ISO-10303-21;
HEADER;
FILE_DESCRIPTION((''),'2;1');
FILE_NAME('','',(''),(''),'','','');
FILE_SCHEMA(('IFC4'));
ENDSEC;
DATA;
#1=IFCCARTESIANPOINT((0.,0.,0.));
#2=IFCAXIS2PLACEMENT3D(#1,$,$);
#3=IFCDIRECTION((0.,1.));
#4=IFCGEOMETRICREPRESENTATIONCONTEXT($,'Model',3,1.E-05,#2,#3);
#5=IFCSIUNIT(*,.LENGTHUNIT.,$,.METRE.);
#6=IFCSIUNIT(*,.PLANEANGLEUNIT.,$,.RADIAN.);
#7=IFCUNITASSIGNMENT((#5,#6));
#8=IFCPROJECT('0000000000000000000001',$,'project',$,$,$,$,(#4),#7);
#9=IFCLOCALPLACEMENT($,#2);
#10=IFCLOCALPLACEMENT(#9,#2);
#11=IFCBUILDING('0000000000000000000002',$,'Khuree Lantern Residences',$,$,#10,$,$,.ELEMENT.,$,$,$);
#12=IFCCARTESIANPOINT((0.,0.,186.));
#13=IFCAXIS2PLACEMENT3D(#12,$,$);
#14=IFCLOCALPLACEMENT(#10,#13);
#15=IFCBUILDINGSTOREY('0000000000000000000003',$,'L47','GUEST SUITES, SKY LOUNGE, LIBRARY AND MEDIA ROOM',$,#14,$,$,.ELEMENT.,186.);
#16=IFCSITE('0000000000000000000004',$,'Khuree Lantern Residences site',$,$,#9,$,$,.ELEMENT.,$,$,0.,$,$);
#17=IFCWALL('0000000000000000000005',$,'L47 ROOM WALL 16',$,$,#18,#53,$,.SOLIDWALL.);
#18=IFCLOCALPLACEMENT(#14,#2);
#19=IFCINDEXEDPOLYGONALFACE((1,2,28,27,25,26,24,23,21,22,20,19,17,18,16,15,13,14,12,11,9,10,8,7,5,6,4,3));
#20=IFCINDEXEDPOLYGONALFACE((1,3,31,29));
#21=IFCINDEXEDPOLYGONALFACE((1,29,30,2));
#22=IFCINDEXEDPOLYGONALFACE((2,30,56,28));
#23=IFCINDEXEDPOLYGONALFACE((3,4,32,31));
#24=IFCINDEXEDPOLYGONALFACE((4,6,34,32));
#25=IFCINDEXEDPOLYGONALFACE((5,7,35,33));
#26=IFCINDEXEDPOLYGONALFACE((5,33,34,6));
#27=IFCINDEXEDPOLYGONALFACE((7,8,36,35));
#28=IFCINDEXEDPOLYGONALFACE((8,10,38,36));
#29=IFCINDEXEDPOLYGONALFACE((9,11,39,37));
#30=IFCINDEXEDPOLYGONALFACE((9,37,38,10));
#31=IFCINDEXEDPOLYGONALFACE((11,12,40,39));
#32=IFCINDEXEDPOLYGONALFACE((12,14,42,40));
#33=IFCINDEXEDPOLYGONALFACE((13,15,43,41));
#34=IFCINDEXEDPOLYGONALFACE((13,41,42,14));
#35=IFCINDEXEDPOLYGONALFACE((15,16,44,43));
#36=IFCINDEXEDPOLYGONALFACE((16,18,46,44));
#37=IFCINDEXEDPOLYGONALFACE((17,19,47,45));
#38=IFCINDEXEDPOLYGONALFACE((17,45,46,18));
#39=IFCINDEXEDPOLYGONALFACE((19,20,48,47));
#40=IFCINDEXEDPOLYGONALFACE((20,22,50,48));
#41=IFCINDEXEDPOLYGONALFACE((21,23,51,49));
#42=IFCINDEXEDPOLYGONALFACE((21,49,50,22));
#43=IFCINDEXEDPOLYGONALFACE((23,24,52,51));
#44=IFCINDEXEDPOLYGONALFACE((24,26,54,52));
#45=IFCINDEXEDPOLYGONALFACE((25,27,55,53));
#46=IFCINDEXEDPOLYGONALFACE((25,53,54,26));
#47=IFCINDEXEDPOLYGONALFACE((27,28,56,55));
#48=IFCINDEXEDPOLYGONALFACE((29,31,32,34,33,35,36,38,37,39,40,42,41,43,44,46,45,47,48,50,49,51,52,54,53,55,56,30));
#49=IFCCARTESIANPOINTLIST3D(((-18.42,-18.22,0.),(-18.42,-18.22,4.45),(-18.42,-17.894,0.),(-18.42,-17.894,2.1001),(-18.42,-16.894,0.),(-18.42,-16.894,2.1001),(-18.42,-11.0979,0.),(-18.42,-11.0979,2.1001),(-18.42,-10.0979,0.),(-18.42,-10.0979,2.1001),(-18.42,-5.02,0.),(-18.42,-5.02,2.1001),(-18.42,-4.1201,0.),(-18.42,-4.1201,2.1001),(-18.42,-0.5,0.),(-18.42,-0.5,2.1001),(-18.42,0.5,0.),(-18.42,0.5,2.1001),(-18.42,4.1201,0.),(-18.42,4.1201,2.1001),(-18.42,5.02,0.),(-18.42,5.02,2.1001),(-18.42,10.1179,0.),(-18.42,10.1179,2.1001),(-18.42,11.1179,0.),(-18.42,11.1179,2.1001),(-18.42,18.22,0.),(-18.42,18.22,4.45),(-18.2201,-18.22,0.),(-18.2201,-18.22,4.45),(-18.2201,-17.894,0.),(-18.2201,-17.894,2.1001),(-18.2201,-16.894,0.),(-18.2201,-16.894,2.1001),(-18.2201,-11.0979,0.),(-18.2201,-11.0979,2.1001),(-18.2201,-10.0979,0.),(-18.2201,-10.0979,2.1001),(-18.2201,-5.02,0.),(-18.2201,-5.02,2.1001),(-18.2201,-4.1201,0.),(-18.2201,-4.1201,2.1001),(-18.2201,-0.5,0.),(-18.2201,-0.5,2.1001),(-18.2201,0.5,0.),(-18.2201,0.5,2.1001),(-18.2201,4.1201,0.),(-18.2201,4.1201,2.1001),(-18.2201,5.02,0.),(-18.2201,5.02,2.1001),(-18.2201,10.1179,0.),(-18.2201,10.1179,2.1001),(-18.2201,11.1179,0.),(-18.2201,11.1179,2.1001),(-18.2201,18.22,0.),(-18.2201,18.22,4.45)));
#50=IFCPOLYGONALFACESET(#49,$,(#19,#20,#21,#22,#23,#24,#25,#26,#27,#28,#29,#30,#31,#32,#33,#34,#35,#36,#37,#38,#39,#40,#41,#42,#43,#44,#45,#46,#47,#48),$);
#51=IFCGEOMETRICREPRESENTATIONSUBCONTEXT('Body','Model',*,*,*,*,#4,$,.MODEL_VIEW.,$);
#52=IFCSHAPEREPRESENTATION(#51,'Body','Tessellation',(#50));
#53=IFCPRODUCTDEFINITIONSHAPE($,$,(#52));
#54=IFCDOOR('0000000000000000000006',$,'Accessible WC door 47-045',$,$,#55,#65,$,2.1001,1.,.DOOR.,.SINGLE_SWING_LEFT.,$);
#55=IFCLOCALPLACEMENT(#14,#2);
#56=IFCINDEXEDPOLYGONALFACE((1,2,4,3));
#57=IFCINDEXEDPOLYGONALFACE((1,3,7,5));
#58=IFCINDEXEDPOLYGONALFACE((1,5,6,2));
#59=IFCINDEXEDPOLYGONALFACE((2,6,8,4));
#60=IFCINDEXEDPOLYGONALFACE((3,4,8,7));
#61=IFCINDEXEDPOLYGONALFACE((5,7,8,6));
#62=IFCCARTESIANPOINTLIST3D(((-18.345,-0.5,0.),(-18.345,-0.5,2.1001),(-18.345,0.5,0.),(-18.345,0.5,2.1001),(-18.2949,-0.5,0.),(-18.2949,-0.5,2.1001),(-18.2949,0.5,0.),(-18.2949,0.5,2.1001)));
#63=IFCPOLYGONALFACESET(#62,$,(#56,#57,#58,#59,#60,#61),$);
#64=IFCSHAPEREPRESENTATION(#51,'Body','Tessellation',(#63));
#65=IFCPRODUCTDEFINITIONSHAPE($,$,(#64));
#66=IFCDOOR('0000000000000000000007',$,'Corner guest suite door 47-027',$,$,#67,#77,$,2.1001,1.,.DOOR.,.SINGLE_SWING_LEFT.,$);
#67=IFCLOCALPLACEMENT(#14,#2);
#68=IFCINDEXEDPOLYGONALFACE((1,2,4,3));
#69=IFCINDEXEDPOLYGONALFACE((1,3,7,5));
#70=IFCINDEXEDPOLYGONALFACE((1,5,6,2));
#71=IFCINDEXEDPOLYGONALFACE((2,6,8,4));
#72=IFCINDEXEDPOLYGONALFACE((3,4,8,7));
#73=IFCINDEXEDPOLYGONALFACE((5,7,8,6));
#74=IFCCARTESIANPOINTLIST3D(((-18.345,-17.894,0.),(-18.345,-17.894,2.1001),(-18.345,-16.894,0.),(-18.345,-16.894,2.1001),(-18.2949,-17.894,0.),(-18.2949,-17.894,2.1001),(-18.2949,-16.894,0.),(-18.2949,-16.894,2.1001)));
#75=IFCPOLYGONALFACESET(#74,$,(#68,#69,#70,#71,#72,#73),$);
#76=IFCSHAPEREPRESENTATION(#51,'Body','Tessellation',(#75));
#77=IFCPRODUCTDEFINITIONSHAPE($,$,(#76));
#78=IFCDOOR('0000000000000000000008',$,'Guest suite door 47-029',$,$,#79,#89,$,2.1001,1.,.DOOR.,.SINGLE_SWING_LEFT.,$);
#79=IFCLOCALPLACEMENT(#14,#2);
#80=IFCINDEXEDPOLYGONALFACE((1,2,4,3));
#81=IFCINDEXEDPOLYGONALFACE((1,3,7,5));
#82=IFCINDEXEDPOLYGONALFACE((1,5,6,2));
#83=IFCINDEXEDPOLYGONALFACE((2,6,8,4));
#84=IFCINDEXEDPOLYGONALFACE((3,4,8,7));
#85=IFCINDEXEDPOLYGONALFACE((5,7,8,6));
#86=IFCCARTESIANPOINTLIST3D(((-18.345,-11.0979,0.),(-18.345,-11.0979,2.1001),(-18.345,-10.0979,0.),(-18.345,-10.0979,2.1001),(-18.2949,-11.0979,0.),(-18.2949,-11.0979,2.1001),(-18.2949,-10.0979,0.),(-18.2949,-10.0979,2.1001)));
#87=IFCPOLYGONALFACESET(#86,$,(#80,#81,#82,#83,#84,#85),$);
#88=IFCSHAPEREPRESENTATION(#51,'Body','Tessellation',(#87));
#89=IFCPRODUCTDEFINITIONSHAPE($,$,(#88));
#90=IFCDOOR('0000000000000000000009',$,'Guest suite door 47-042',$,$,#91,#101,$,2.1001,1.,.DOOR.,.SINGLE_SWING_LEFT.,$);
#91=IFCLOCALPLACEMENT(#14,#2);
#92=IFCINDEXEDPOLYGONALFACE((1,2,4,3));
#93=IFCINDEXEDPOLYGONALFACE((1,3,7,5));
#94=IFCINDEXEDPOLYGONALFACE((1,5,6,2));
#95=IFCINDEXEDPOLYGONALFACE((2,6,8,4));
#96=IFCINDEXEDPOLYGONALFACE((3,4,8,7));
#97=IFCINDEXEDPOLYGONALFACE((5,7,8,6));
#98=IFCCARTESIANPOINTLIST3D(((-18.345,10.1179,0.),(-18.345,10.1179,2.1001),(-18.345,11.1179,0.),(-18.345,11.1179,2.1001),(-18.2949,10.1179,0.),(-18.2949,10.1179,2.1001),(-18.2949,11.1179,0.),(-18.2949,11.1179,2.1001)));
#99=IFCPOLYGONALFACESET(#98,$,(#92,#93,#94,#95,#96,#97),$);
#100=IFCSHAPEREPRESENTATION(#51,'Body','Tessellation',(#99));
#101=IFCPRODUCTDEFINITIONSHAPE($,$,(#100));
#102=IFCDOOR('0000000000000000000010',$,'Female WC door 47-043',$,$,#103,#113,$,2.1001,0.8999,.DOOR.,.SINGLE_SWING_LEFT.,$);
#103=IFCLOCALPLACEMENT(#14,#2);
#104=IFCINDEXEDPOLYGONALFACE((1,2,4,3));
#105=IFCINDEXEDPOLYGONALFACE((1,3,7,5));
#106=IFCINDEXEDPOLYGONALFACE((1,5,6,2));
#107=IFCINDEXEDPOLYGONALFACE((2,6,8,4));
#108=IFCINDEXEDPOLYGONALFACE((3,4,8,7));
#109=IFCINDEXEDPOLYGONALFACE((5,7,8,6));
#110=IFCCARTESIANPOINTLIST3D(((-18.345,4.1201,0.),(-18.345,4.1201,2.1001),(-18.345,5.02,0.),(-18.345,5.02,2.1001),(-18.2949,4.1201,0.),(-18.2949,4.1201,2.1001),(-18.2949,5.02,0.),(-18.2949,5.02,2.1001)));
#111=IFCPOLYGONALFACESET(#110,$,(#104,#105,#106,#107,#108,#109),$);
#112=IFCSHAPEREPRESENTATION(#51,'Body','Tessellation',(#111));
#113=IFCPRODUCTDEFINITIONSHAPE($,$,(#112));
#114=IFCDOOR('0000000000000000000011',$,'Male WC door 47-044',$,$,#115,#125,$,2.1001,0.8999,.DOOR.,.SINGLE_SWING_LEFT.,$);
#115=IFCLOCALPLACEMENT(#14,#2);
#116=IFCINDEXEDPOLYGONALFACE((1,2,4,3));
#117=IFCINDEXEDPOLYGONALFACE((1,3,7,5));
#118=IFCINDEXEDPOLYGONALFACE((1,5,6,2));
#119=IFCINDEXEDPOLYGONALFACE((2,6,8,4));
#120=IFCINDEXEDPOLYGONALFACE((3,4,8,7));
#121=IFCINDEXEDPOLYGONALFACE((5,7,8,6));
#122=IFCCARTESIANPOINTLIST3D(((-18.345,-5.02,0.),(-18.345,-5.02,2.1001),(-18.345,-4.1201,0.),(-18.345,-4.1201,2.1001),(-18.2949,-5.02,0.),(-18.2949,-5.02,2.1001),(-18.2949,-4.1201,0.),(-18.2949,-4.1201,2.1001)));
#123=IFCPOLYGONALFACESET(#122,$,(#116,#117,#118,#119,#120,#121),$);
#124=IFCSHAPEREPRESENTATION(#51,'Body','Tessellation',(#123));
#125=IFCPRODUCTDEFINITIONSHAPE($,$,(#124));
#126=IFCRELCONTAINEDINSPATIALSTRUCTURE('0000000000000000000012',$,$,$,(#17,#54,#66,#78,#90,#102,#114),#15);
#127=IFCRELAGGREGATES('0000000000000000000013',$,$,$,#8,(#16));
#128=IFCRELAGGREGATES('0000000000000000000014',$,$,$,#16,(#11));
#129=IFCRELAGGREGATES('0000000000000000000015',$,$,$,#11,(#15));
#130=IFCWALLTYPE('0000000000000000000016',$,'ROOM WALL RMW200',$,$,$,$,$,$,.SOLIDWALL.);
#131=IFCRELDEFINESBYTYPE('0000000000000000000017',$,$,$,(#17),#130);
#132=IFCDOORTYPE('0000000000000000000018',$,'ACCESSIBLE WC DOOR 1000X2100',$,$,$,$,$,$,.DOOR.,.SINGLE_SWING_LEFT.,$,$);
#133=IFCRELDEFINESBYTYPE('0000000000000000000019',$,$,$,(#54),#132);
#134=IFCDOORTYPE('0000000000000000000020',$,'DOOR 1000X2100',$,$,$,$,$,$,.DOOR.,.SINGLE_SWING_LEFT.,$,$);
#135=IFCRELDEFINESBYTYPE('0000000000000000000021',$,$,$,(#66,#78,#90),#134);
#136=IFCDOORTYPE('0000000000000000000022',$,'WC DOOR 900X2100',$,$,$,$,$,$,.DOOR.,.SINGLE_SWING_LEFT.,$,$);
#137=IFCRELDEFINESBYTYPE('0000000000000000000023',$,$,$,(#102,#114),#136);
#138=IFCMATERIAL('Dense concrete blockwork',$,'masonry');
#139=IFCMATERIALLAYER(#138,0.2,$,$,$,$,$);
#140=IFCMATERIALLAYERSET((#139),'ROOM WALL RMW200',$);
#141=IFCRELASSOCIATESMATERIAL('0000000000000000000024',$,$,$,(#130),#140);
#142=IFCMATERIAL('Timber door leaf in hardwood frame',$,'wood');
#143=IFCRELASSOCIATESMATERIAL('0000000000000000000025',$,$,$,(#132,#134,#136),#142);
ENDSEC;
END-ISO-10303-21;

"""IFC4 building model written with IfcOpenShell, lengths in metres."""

from ifc_helpers import new_model, si_unit, direction, frame, frame_2d, origin, place, context, subcontext, project, spatial, rectangle, extrude, material, layer, layer_set, type_object, element, fill, save


model = new_model("IFC4")

# Units and contexts
model_context = context("Model", 3, precision=1e-05, world=origin(), true_north=direction((0.0, 1.0)))
body_context = subcontext(model_context, "Body", "Model", "MODEL_VIEW")
ifc_project = project(units=[si_unit("LENGTHUNIT", "METRE"), si_unit("PLANEANGLEUNIT", "RADIAN")], contexts=[model_context])

# Site, building, storey
site_placement = place(None, origin())
site = spatial("IfcSite", under=ifc_project, at=site_placement, Name="Khuree Lantern Residences site", CompositionType="ELEMENT", RefElevation=0.0)
building_placement = place(site_placement, origin())
building = spatial("IfcBuilding", under=site, at=building_placement, Name="Khuree Lantern Residences", CompositionType="ELEMENT")
storey_placement = place(building_placement, frame((0.0, 0.0, 186.0)))
storey = spatial("IfcBuildingStorey", under=building, at=storey_placement, Name="L47", Description="GUEST SUITES, SKY LOUNGE, LIBRARY AND MEDIA ROOM", CompositionType="ELEMENT", Elevation=186.0)

# Shared definitions
ifc_material_1 = material(Name="Dense concrete blockwork", Category="masonry")

# Shared definitions
ifc_layer_1 = layer(ifc_material_1, 0.2)
ifc_layer_set_1 = layer_set([ifc_layer_1], Name="ROOM WALL RMW200")
wall_type_1 = type_object("IfcWallType", Name="ROOM WALL RMW200", PredefinedType="SOLIDWALL", material=ifc_layer_set_1)
ifc_material_2 = material(Name="Timber door leaf in hardwood frame", Category="wood")

# Wall, openings, doors
wall_1_placement = place(storey_placement, frame((-18.3201, -18.22, 0.0), z_axis=(0.0, 0.0, 1.0), x_axis=(0.0, 1.0, 0.0)))
wall_1 = element("IfcWall", 1, at=wall_1_placement, inside=storey, type_object=wall_type_1, Name="L47 ROOM WALL 16", PredefinedType="SOLIDWALL", context=body_context, shape_type="SweptSolid", body=[
    extrude(rectangle(XDim=36.4399, YDim=0.2, at=frame_2d((18.22, 0.0))), origin(), (0.0, 0.0, 1.0), 4.45),
])
opening_1_placement = place(wall_1_placement, frame((0.3259, 0.0, 0.0)))
opening_1 = element("IfcOpeningElement", 2, at=opening_1_placement, cuts=wall_1, PredefinedType="OPENING", context=body_context, shape_type="SweptSolid", body=[
    extrude(rectangle(XDim=1.0, YDim=2.1001, at=frame_2d((0.5, 1.05))), frame((0.0, 0.1099, 0.0), z_axis=(0.0, -1.0, 0.0), x_axis=(1.0, 0.0, 0.0)), (0.0, 0.0, 1.0), 0.22),
])
opening_2_placement = place(wall_1_placement, frame((7.1221, 0.0, 0.0)))
opening_2 = element("IfcOpeningElement", 3, at=opening_2_placement, cuts=wall_1, PredefinedType="OPENING", context=body_context, shape_type="SweptSolid", body=[
    extrude(rectangle(XDim=1.0, YDim=2.1001, at=frame_2d((0.5, 1.05))), frame((0.0, 0.1099, 0.0), z_axis=(0.0, -1.0, 0.0), x_axis=(1.0, 0.0, 0.0)), (0.0, 0.0, 1.0), 0.22),
])
opening_3_placement = place(wall_1_placement, frame((28.3379, 0.0, 0.0)))
opening_3 = element("IfcOpeningElement", 4, at=opening_3_placement, cuts=wall_1, PredefinedType="OPENING", context=body_context, shape_type="SweptSolid", body=[
    extrude(rectangle(XDim=1.0, YDim=2.1001, at=frame_2d((0.5, 1.05))), frame((0.0, 0.1099, 0.0), z_axis=(0.0, -1.0, 0.0), x_axis=(1.0, 0.0, 0.0)), (0.0, 0.0, 1.0), 0.22),
])
opening_4_placement = place(wall_1_placement, frame((22.3401, 0.0, 0.0)))
opening_4 = element("IfcOpeningElement", 5, at=opening_4_placement, cuts=wall_1, PredefinedType="OPENING", context=body_context, shape_type="SweptSolid", body=[
    extrude(rectangle(XDim=0.8999, YDim=2.1001, at=frame_2d((0.45, 1.05))), frame((0.0, 0.1099, 0.0), z_axis=(0.0, -1.0, 0.0), x_axis=(1.0, 0.0, 0.0)), (0.0, 0.0, 1.0), 0.22),
])
opening_5_placement = place(wall_1_placement, frame((13.2, 0.0, 0.0)))
opening_5 = element("IfcOpeningElement", 6, at=opening_5_placement, cuts=wall_1, PredefinedType="OPENING", context=body_context, shape_type="SweptSolid", body=[
    extrude(rectangle(XDim=0.8999, YDim=2.1001, at=frame_2d((0.45, 1.05))), frame((0.0, 0.1099, 0.0), z_axis=(0.0, -1.0, 0.0), x_axis=(1.0, 0.0, 0.0)), (0.0, 0.0, 1.0), 0.22),
])
opening_6_placement = place(wall_1_placement, frame((17.72, 0.0, 0.0)))
opening_6 = element("IfcOpeningElement", 7, at=opening_6_placement, cuts=wall_1, PredefinedType="OPENING", context=body_context, shape_type="SweptSolid", body=[
    extrude(rectangle(XDim=1.0, YDim=2.1001, at=frame_2d((0.5, 1.05))), frame((0.0, 0.1099, 0.0), z_axis=(0.0, -1.0, 0.0), x_axis=(1.0, 0.0, 0.0)), (0.0, 0.0, 1.0), 0.22),
])
door_type_1 = type_object("IfcDoorType", Name="ACCESSIBLE WC DOOR 1000X2100", OperationType="SINGLE_SWING_LEFT", PredefinedType="DOOR", material=ifc_material_2)
door_1_placement = place(opening_6_placement, origin())
door_1 = element("IfcDoor", 8, at=door_1_placement, inside=storey, type_object=door_type_1, Name="Accessible WC door 47-045", OperationType="SINGLE_SWING_LEFT", OverallHeight=2.1001, OverallWidth=1.0, PredefinedType="DOOR", context=body_context, shape_type="SweptSolid", body=[
    extrude(rectangle(XDim=1.0, YDim=2.1001, at=frame_2d((0.5, 1.05))), frame((0.0, 0.0249, 0.0), z_axis=(0.0, -1.0, 0.0), x_axis=(1.0, 0.0, 0.0)), (0.0, 0.0, 1.0), 0.05),
])
fill(opening_6, door_1)
door_type_2 = type_object("IfcDoorType", Name="DOOR 1000X2100", OperationType="SINGLE_SWING_LEFT", PredefinedType="DOOR", material=ifc_material_2)
door_2_placement = place(opening_1_placement, origin())
door_2 = element("IfcDoor", 9, at=door_2_placement, inside=storey, type_object=door_type_2, Name="Corner guest suite door 47-027", OperationType="SINGLE_SWING_LEFT", OverallHeight=2.1001, OverallWidth=1.0, PredefinedType="DOOR", context=body_context, shape_type="SweptSolid", body=[
    extrude(rectangle(XDim=1.0, YDim=2.1001, at=frame_2d((0.5, 1.05))), frame((0.0, 0.0249, 0.0), z_axis=(0.0, -1.0, 0.0), x_axis=(1.0, 0.0, 0.0)), (0.0, 0.0, 1.0), 0.05),
])
fill(opening_1, door_2)
door_3_placement = place(opening_2_placement, origin())
door_3 = element("IfcDoor", 10, at=door_3_placement, inside=storey, type_object=door_type_2, Name="Guest suite door 47-029", OperationType="SINGLE_SWING_LEFT", OverallHeight=2.1001, OverallWidth=1.0, PredefinedType="DOOR", context=body_context, shape_type="SweptSolid", body=[
    extrude(rectangle(XDim=1.0, YDim=2.1001, at=frame_2d((0.5, 1.05))), frame((0.0, 0.0249, 0.0), z_axis=(0.0, -1.0, 0.0), x_axis=(1.0, 0.0, 0.0)), (0.0, 0.0, 1.0), 0.05),
])
fill(opening_2, door_3)
door_4_placement = place(opening_3_placement, origin())
door_4 = element("IfcDoor", 11, at=door_4_placement, inside=storey, type_object=door_type_2, Name="Guest suite door 47-042", OperationType="SINGLE_SWING_LEFT", OverallHeight=2.1001, OverallWidth=1.0, PredefinedType="DOOR", context=body_context, shape_type="SweptSolid", body=[
    extrude(rectangle(XDim=1.0, YDim=2.1001, at=frame_2d((0.5, 1.05))), frame((0.0, 0.0249, 0.0), z_axis=(0.0, -1.0, 0.0), x_axis=(1.0, 0.0, 0.0)), (0.0, 0.0, 1.0), 0.05),
])
fill(opening_3, door_4)
door_type_3 = type_object("IfcDoorType", Name="WC DOOR 900X2100", OperationType="SINGLE_SWING_LEFT", PredefinedType="DOOR", material=ifc_material_2)
door_5_placement = place(opening_4_placement, origin())
door_5 = element("IfcDoor", 12, at=door_5_placement, inside=storey, type_object=door_type_3, Name="Female WC door 47-043", OperationType="SINGLE_SWING_LEFT", OverallHeight=2.1001, OverallWidth=0.8999, PredefinedType="DOOR", context=body_context, shape_type="SweptSolid", body=[
    extrude(rectangle(XDim=0.8999, YDim=2.1001, at=frame_2d((0.45, 1.05))), frame((0.0, 0.0249, 0.0), z_axis=(0.0, -1.0, 0.0), x_axis=(1.0, 0.0, 0.0)), (0.0, 0.0, 1.0), 0.05),
])
fill(opening_4, door_5)
door_6_placement = place(opening_5_placement, origin())
door_6 = element("IfcDoor", 13, at=door_6_placement, inside=storey, type_object=door_type_3, Name="Male WC door 47-044", OperationType="SINGLE_SWING_LEFT", OverallHeight=2.1001, OverallWidth=0.8999, PredefinedType="DOOR", context=body_context, shape_type="SweptSolid", body=[
    extrude(rectangle(XDim=0.8999, YDim=2.1001, at=frame_2d((0.45, 1.05))), frame((0.0, 0.0249, 0.0), z_axis=(0.0, -1.0, 0.0), x_axis=(1.0, 0.0, 0.0)), (0.0, 0.0, 1.0), 0.05),
])
fill(opening_5, door_6)

save(model, "model.ifc")
